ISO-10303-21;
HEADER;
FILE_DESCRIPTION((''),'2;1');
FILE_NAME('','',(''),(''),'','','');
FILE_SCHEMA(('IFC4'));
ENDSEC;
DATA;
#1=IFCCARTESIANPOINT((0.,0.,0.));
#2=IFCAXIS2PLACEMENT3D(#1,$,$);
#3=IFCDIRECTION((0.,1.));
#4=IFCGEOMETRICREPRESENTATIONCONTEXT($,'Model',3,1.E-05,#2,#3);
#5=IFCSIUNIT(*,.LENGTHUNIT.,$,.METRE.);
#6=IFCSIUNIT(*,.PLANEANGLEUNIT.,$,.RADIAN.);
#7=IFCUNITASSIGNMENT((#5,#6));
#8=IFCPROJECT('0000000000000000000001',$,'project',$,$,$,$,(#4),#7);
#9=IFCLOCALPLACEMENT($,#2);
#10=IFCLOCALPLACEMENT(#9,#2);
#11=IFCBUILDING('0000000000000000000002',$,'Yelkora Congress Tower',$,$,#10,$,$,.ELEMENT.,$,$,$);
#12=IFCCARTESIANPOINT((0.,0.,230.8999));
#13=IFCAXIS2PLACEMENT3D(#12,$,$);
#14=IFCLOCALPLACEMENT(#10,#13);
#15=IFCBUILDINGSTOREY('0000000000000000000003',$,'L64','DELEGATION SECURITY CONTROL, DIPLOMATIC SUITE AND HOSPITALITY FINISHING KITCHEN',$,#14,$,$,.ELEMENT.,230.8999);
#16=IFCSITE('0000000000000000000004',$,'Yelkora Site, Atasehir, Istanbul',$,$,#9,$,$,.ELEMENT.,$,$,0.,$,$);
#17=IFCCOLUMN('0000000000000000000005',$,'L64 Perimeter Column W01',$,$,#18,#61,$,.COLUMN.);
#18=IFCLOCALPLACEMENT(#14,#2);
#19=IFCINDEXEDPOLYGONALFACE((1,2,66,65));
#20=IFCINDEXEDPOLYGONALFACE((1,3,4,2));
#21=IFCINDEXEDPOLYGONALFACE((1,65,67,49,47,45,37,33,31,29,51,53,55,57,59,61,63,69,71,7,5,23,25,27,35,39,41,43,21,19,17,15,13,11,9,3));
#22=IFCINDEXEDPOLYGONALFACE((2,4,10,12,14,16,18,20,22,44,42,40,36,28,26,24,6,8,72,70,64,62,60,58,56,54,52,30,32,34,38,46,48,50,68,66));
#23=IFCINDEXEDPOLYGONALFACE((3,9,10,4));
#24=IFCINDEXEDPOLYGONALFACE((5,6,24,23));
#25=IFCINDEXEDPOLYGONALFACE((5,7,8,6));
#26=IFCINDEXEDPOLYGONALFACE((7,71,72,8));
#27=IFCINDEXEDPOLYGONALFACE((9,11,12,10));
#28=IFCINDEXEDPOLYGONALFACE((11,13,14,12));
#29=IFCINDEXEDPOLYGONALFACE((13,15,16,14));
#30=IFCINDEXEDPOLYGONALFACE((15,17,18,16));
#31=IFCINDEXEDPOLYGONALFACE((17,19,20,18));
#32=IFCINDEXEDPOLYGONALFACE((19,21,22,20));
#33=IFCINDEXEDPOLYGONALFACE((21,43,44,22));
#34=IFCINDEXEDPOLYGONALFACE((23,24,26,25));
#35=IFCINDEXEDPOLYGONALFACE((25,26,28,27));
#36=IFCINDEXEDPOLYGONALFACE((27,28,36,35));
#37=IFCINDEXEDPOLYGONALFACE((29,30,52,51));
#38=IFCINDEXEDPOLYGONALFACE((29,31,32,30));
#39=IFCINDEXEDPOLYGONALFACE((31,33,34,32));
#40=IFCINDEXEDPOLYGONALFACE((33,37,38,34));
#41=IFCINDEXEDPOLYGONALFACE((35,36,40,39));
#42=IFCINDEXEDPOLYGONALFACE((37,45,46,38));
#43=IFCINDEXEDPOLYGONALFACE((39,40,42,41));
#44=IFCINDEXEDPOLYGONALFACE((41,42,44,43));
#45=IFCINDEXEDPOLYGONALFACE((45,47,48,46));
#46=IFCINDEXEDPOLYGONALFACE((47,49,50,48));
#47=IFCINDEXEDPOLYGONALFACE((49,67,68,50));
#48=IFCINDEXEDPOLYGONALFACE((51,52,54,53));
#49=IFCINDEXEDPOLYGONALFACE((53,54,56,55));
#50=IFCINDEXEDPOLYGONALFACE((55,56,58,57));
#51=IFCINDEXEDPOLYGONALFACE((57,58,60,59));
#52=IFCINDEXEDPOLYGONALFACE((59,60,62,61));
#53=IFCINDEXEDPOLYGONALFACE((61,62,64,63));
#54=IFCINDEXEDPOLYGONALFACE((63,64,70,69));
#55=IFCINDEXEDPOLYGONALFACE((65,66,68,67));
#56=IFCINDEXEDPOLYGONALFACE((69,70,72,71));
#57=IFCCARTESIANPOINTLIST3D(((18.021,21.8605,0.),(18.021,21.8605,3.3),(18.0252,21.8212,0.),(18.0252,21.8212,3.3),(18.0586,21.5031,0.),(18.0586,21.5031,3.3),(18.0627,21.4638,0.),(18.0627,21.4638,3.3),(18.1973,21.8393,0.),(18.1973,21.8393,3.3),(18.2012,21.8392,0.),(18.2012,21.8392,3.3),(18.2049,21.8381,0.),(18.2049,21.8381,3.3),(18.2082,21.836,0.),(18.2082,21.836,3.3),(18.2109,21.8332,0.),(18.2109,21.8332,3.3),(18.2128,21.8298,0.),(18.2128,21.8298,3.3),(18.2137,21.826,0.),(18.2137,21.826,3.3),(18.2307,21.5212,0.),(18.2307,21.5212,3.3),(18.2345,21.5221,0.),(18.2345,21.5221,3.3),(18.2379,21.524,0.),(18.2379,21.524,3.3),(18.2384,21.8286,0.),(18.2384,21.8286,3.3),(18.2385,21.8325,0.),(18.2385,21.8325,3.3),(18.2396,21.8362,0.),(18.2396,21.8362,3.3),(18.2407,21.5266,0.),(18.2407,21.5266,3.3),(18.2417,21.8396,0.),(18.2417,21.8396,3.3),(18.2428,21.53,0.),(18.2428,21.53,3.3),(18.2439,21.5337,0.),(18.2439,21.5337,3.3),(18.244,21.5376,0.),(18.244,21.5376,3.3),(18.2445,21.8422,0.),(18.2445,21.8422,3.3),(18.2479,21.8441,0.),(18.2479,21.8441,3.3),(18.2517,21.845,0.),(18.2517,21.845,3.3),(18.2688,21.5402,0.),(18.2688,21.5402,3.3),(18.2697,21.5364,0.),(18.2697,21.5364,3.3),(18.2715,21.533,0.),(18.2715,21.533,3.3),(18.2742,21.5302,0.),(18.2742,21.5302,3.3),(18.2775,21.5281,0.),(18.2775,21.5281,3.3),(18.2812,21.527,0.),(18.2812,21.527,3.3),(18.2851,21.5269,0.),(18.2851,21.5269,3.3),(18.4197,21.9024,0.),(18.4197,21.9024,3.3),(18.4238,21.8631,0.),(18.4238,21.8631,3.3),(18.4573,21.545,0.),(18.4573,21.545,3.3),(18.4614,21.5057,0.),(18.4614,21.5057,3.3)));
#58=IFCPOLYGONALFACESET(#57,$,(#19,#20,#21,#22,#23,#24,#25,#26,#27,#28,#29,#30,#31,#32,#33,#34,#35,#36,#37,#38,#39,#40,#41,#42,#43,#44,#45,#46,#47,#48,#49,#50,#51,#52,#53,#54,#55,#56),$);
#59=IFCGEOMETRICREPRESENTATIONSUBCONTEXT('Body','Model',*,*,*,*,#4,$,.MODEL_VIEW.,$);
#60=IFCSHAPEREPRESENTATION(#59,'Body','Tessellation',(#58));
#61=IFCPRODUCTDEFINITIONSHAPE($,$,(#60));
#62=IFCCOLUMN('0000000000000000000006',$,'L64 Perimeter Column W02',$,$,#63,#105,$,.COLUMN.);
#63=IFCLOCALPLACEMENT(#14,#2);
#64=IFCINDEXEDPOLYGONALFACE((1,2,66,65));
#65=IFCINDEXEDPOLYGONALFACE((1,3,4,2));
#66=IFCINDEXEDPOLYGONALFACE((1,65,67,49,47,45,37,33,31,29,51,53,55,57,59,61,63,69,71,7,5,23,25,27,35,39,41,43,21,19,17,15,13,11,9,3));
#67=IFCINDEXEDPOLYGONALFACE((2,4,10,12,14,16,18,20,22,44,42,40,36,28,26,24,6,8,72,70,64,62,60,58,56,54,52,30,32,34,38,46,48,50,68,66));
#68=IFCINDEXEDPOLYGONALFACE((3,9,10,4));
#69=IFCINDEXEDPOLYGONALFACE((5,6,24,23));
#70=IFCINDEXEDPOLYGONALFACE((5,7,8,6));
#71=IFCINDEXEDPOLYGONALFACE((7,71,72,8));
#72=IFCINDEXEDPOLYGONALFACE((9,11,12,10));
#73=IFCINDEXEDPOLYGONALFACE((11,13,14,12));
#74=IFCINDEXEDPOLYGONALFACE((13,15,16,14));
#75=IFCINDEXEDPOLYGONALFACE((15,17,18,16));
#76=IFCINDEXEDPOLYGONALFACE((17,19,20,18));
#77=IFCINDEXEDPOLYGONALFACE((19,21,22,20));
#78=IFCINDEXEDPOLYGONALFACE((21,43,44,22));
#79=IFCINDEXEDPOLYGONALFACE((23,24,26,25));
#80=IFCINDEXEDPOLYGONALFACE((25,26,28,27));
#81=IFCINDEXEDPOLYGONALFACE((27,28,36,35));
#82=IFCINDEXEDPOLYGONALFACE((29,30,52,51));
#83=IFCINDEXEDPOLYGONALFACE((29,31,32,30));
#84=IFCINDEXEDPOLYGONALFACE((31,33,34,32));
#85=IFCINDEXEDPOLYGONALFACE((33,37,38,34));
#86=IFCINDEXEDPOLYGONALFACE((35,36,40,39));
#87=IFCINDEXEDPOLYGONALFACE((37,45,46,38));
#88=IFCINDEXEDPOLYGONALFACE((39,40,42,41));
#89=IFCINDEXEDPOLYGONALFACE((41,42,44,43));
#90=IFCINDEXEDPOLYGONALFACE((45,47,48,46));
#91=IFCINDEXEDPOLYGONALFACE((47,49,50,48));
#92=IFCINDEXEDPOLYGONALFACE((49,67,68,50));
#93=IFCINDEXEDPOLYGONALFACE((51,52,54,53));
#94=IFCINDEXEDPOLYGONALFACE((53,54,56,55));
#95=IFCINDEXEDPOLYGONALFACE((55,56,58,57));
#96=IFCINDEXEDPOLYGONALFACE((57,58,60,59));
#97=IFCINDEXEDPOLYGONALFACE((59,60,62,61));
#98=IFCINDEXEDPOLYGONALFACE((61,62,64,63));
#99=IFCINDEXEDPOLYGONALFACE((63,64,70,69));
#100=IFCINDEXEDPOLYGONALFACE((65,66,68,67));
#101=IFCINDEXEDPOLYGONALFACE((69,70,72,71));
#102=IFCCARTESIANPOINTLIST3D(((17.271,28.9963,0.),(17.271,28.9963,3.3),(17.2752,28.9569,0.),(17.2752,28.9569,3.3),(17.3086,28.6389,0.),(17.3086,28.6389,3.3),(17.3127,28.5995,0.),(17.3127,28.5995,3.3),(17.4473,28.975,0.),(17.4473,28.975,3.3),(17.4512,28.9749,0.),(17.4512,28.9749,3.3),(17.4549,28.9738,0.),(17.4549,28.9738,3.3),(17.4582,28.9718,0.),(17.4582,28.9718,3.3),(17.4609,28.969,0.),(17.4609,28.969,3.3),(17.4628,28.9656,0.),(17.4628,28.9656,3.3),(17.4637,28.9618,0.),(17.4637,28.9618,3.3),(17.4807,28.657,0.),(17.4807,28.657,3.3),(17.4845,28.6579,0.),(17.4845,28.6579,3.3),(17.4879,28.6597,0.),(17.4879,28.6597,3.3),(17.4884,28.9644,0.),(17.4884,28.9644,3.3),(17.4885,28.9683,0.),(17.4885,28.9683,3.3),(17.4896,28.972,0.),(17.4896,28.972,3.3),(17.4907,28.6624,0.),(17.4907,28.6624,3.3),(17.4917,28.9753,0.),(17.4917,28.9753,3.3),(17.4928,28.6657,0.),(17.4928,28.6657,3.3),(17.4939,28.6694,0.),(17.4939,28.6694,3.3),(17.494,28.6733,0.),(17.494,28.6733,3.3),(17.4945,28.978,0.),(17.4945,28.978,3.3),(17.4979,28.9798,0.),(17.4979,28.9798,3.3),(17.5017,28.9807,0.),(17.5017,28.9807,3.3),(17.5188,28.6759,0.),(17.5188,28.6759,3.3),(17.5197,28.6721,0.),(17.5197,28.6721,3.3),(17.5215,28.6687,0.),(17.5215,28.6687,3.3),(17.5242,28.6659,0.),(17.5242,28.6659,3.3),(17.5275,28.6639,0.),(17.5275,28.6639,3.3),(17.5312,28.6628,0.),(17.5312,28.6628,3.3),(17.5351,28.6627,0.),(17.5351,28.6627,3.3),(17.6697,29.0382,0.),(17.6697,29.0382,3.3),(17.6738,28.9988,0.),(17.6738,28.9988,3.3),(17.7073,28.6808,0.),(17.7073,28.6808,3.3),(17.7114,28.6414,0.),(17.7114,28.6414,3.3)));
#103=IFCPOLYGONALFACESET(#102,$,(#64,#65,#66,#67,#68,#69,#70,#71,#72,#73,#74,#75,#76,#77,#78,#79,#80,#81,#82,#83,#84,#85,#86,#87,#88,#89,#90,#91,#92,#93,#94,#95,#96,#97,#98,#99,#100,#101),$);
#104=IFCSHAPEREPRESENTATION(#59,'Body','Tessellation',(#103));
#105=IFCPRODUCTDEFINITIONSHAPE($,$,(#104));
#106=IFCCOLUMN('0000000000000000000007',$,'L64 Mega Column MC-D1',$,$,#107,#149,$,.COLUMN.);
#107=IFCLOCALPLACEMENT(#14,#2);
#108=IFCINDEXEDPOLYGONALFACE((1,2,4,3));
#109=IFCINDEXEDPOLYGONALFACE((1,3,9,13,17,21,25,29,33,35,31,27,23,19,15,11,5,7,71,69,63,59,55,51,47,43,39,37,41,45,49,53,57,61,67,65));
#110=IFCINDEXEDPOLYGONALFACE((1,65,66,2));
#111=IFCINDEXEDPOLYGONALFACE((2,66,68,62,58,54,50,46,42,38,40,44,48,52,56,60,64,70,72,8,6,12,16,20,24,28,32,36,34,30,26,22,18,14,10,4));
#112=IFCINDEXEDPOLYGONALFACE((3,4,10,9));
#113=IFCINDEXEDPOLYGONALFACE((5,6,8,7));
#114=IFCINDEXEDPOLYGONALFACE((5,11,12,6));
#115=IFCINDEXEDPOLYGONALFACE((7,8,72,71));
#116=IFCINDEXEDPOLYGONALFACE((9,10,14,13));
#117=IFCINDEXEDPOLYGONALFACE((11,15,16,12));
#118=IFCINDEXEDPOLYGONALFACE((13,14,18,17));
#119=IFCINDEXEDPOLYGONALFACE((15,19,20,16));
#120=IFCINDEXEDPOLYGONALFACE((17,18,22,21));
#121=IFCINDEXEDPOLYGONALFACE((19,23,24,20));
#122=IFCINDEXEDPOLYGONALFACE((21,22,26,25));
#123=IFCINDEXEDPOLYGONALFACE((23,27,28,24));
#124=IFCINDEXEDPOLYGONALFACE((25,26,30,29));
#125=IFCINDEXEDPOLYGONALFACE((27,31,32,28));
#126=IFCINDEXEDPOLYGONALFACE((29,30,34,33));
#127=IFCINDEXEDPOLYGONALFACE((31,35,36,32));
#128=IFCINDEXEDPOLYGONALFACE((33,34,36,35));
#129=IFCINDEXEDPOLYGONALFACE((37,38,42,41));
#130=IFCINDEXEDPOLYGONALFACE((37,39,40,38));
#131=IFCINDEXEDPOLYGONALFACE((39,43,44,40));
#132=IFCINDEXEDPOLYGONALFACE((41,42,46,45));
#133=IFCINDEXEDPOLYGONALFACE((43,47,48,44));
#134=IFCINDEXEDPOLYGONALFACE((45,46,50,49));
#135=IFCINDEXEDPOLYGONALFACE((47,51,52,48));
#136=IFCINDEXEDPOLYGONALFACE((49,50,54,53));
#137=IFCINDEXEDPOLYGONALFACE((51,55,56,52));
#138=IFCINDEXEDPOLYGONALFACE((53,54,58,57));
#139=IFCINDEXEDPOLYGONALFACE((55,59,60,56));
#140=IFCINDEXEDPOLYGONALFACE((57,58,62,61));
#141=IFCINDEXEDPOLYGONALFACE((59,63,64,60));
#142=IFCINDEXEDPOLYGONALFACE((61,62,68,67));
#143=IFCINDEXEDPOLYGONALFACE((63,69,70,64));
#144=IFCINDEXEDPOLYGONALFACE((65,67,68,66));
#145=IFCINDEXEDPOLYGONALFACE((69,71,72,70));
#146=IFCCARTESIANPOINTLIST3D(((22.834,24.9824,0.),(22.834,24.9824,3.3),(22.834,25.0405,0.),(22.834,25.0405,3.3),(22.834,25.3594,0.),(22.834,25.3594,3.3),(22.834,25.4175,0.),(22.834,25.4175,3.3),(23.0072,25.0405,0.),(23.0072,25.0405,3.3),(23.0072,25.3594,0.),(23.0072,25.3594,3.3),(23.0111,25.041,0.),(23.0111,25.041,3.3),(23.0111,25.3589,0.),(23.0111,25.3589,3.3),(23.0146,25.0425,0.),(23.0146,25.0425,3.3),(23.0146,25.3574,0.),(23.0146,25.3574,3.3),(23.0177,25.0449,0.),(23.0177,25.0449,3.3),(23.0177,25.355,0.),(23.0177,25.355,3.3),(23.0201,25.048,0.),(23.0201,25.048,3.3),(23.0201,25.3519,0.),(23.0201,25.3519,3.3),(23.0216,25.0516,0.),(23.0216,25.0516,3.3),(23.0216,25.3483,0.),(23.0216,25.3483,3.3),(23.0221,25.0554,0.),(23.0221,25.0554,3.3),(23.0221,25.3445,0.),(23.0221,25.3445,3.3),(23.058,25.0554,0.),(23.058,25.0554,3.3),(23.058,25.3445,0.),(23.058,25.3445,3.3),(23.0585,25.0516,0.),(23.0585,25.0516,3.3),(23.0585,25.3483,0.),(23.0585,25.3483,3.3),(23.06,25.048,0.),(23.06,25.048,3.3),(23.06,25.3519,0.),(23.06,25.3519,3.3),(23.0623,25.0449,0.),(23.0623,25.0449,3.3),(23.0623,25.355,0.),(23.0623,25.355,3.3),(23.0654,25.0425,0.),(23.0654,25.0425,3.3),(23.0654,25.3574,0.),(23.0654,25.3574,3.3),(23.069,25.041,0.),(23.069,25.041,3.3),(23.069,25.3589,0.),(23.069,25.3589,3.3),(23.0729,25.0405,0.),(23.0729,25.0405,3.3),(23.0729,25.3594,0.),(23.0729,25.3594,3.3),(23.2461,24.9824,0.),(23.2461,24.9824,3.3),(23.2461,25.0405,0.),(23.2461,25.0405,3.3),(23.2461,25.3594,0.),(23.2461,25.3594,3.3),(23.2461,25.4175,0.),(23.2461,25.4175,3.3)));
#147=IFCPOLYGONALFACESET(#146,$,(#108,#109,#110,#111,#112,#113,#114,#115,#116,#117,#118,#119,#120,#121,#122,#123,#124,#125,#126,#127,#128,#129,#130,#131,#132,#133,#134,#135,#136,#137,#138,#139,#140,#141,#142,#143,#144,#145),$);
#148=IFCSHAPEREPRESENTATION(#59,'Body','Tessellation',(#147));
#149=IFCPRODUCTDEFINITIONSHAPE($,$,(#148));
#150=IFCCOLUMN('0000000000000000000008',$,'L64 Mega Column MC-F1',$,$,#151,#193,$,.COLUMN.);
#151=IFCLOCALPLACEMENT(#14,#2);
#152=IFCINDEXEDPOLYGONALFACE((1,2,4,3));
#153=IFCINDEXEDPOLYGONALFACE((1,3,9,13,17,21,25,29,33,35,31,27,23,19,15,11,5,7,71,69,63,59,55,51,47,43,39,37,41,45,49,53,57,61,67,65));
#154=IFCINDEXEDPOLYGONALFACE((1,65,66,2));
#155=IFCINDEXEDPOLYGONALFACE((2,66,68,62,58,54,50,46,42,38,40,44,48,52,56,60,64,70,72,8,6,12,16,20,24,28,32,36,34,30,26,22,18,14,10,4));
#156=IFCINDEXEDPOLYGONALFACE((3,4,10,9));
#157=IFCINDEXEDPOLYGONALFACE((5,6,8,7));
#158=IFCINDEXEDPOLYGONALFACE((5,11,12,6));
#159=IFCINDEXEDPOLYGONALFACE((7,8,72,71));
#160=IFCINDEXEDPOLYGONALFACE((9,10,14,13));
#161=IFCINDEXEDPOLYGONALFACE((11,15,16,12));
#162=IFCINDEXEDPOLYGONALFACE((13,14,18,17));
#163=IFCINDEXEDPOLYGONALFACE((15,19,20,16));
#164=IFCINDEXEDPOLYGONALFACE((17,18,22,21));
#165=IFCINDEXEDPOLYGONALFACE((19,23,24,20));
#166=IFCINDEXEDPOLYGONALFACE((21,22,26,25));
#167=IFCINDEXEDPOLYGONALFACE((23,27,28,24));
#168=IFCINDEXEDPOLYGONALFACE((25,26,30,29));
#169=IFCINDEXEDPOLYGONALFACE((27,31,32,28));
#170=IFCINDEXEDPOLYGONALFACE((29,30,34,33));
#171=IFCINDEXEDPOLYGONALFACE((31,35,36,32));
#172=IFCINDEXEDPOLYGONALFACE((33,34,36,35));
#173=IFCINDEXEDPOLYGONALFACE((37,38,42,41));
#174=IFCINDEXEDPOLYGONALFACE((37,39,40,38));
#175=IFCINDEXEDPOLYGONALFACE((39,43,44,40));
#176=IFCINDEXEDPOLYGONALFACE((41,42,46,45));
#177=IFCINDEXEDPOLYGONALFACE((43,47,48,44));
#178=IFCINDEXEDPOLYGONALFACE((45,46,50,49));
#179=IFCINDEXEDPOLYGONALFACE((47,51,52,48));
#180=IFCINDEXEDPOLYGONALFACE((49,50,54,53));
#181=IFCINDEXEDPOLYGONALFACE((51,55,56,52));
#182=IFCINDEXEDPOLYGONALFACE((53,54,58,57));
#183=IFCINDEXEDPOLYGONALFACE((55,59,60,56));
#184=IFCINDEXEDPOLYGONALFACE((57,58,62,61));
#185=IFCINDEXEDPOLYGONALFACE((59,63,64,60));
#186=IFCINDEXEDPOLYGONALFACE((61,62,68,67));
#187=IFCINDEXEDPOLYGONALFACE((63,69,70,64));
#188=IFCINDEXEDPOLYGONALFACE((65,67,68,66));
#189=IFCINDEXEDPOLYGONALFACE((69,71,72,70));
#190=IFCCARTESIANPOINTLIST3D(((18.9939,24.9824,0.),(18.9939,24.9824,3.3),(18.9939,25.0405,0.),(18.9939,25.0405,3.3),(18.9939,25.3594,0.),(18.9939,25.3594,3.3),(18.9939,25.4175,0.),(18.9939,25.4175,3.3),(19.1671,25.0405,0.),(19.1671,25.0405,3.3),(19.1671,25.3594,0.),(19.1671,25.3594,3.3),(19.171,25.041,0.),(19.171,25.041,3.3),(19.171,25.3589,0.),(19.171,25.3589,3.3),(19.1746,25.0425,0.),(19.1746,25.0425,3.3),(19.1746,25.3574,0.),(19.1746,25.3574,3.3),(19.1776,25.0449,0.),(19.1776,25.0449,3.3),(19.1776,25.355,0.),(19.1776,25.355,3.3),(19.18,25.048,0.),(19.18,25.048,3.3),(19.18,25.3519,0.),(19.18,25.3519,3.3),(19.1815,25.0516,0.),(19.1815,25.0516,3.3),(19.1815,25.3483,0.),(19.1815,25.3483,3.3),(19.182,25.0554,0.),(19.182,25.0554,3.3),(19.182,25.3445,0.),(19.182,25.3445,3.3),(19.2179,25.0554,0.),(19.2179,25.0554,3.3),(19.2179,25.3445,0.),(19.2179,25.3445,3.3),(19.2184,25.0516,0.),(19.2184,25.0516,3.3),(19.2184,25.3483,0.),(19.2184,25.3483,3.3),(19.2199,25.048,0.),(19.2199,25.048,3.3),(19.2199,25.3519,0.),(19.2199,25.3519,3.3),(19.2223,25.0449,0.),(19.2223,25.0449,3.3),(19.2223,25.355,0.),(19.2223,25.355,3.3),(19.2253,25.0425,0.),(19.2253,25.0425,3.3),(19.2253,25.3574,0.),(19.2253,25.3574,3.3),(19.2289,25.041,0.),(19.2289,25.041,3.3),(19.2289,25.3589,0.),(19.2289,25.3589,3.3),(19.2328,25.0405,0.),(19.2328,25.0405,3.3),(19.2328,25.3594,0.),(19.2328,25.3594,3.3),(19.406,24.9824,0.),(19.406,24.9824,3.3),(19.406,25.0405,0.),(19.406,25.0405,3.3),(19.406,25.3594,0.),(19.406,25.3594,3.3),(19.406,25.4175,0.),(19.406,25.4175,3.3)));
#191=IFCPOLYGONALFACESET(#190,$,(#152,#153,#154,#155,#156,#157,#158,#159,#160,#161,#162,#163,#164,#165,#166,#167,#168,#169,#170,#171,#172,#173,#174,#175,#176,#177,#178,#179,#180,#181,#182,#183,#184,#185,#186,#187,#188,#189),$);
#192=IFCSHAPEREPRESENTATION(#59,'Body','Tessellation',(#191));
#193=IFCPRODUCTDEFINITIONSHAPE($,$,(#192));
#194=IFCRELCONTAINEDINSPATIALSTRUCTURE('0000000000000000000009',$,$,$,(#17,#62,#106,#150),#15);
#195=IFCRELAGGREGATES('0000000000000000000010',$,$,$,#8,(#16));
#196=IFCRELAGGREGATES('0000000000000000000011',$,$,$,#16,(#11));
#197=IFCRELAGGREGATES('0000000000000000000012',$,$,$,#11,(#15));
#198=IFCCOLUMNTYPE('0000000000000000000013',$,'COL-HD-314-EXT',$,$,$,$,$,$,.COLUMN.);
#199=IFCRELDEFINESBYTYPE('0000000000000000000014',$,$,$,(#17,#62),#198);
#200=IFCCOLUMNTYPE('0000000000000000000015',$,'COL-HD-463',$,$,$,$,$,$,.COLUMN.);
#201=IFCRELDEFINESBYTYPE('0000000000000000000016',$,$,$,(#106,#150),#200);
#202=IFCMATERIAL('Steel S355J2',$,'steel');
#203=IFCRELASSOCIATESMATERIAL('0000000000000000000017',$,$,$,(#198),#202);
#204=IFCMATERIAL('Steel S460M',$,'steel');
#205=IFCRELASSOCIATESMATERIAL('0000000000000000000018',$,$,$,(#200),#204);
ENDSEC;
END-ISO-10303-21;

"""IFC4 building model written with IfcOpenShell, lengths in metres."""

from ifc_helpers import new_model, si_unit, direction, frame, origin, origin_2d, place, context, subcontext, project, spatial, i_section, extrude, material, material_profile, profile_set, type_object, element, save


model = new_model("IFC4")

# Units and contexts
model_context = context("Model", 3, precision=1e-05, world=origin(), true_north=direction((0.0, 1.0)))
body_context = subcontext(model_context, "Body", "Model", "MODEL_VIEW")
ifc_project = project(units=[si_unit("LENGTHUNIT", "METRE"), si_unit("PLANEANGLEUNIT", "RADIAN")], contexts=[model_context])

# Site, building, storey
site_placement = place(None, origin())
site = spatial("IfcSite", under=ifc_project, at=site_placement, Name="Yelkora Site, Atasehir, Istanbul", CompositionType="ELEMENT", RefElevation=0.0)
building_placement = place(site_placement, origin())
building = spatial("IfcBuilding", under=site, at=building_placement, Name="Yelkora Congress Tower", CompositionType="ELEMENT")
storey_placement = place(building_placement, frame((0.0, 0.0, 230.8999)))
storey = spatial("IfcBuildingStorey", under=building, at=storey_placement, Name="L64", Description="DELEGATION SECURITY CONTROL, DIPLOMATIC SUITE AND HOSPITALITY FINISHING KITCHEN", CompositionType="ELEMENT", Elevation=230.8999)

# Columns
ifc_material_1 = material(Name="Steel S355J2", Category="steel")
ifc_material_profile_1 = material_profile(ifc_material_1, i_section(OverallWidth=0.4009, OverallDepth=0.3989, WebThickness=0.0249, FlangeThickness=0.0396, FilletRadius=0.0149, at=origin_2d()), Name="HD 400x314")
ifc_profile_set_1 = profile_set([ifc_material_profile_1], Name="Steel S355J2")
column_type_1 = type_object("IfcColumnType", Name="COL-HD-314-EXT", PredefinedType="COLUMN", material=ifc_profile_set_1)
for number, where, z_axis, x_axis, name in (
    (1, (18.2412, 21.6831, 0.0), (0.0, 0.0, 1.0), (0.994522, 0.104528, 0.0), "L64 Perimeter Column W01"),
    (2, (17.4912, 28.8188, 0.0), (0.0, 0.0, 1.0), (0.994522, 0.104528, 0.0), "L64 Perimeter Column W02"),
):
    element("IfcColumn", number, at=place(storey_placement, frame(where, z_axis=z_axis, x_axis=x_axis)), inside=storey, type_object=column_type_1, Name=name, PredefinedType="COLUMN", context=body_context, shape_type="SweptSolid", body=[
        extrude(i_section(OverallWidth=0.4009, OverallDepth=0.3989, WebThickness=0.0249, FlangeThickness=0.0396, FilletRadius=0.0149, at=origin_2d()), origin(), (0.0, 0.0, 1.0), 3.3),
    ])
ifc_material_2 = material(Name="Steel S460M", Category="steel")
ifc_material_profile_2 = material_profile(ifc_material_2, i_section(OverallWidth=0.4121, OverallDepth=0.4351, WebThickness=0.0359, FlangeThickness=0.0581, FilletRadius=0.0149, at=origin_2d()), Name="HD 400x463")
ifc_profile_set_2 = profile_set([ifc_material_profile_2], Name="Steel S460M")
column_type_2 = type_object("IfcColumnType", Name="COL-HD-463", PredefinedType="COLUMN", material=ifc_profile_set_2)
for number, where, z_axis, x_axis, name in (
    (3, (23.04, 25.2, 0.0), (0.0, 0.0, 1.0), (1.0, 0.0, 0.0), "L64 Mega Column MC-D1"),
    (4, (19.2, 25.2, 0.0), (0.0, 0.0, 1.0), (1.0, 0.0, 0.0), "L64 Mega Column MC-F1"),
):
    element("IfcColumn", number, at=place(storey_placement, frame(where, z_axis=z_axis, x_axis=x_axis)), inside=storey, type_object=column_type_2, Name=name, PredefinedType="COLUMN", context=body_context, shape_type="SweptSolid", body=[
        extrude(i_section(OverallWidth=0.4121, OverallDepth=0.4351, WebThickness=0.0359, FlangeThickness=0.0581, FilletRadius=0.0149, at=origin_2d()), origin(), (0.0, 0.0, 1.0), 3.3),
    ])

save(model, "model.ifc")
